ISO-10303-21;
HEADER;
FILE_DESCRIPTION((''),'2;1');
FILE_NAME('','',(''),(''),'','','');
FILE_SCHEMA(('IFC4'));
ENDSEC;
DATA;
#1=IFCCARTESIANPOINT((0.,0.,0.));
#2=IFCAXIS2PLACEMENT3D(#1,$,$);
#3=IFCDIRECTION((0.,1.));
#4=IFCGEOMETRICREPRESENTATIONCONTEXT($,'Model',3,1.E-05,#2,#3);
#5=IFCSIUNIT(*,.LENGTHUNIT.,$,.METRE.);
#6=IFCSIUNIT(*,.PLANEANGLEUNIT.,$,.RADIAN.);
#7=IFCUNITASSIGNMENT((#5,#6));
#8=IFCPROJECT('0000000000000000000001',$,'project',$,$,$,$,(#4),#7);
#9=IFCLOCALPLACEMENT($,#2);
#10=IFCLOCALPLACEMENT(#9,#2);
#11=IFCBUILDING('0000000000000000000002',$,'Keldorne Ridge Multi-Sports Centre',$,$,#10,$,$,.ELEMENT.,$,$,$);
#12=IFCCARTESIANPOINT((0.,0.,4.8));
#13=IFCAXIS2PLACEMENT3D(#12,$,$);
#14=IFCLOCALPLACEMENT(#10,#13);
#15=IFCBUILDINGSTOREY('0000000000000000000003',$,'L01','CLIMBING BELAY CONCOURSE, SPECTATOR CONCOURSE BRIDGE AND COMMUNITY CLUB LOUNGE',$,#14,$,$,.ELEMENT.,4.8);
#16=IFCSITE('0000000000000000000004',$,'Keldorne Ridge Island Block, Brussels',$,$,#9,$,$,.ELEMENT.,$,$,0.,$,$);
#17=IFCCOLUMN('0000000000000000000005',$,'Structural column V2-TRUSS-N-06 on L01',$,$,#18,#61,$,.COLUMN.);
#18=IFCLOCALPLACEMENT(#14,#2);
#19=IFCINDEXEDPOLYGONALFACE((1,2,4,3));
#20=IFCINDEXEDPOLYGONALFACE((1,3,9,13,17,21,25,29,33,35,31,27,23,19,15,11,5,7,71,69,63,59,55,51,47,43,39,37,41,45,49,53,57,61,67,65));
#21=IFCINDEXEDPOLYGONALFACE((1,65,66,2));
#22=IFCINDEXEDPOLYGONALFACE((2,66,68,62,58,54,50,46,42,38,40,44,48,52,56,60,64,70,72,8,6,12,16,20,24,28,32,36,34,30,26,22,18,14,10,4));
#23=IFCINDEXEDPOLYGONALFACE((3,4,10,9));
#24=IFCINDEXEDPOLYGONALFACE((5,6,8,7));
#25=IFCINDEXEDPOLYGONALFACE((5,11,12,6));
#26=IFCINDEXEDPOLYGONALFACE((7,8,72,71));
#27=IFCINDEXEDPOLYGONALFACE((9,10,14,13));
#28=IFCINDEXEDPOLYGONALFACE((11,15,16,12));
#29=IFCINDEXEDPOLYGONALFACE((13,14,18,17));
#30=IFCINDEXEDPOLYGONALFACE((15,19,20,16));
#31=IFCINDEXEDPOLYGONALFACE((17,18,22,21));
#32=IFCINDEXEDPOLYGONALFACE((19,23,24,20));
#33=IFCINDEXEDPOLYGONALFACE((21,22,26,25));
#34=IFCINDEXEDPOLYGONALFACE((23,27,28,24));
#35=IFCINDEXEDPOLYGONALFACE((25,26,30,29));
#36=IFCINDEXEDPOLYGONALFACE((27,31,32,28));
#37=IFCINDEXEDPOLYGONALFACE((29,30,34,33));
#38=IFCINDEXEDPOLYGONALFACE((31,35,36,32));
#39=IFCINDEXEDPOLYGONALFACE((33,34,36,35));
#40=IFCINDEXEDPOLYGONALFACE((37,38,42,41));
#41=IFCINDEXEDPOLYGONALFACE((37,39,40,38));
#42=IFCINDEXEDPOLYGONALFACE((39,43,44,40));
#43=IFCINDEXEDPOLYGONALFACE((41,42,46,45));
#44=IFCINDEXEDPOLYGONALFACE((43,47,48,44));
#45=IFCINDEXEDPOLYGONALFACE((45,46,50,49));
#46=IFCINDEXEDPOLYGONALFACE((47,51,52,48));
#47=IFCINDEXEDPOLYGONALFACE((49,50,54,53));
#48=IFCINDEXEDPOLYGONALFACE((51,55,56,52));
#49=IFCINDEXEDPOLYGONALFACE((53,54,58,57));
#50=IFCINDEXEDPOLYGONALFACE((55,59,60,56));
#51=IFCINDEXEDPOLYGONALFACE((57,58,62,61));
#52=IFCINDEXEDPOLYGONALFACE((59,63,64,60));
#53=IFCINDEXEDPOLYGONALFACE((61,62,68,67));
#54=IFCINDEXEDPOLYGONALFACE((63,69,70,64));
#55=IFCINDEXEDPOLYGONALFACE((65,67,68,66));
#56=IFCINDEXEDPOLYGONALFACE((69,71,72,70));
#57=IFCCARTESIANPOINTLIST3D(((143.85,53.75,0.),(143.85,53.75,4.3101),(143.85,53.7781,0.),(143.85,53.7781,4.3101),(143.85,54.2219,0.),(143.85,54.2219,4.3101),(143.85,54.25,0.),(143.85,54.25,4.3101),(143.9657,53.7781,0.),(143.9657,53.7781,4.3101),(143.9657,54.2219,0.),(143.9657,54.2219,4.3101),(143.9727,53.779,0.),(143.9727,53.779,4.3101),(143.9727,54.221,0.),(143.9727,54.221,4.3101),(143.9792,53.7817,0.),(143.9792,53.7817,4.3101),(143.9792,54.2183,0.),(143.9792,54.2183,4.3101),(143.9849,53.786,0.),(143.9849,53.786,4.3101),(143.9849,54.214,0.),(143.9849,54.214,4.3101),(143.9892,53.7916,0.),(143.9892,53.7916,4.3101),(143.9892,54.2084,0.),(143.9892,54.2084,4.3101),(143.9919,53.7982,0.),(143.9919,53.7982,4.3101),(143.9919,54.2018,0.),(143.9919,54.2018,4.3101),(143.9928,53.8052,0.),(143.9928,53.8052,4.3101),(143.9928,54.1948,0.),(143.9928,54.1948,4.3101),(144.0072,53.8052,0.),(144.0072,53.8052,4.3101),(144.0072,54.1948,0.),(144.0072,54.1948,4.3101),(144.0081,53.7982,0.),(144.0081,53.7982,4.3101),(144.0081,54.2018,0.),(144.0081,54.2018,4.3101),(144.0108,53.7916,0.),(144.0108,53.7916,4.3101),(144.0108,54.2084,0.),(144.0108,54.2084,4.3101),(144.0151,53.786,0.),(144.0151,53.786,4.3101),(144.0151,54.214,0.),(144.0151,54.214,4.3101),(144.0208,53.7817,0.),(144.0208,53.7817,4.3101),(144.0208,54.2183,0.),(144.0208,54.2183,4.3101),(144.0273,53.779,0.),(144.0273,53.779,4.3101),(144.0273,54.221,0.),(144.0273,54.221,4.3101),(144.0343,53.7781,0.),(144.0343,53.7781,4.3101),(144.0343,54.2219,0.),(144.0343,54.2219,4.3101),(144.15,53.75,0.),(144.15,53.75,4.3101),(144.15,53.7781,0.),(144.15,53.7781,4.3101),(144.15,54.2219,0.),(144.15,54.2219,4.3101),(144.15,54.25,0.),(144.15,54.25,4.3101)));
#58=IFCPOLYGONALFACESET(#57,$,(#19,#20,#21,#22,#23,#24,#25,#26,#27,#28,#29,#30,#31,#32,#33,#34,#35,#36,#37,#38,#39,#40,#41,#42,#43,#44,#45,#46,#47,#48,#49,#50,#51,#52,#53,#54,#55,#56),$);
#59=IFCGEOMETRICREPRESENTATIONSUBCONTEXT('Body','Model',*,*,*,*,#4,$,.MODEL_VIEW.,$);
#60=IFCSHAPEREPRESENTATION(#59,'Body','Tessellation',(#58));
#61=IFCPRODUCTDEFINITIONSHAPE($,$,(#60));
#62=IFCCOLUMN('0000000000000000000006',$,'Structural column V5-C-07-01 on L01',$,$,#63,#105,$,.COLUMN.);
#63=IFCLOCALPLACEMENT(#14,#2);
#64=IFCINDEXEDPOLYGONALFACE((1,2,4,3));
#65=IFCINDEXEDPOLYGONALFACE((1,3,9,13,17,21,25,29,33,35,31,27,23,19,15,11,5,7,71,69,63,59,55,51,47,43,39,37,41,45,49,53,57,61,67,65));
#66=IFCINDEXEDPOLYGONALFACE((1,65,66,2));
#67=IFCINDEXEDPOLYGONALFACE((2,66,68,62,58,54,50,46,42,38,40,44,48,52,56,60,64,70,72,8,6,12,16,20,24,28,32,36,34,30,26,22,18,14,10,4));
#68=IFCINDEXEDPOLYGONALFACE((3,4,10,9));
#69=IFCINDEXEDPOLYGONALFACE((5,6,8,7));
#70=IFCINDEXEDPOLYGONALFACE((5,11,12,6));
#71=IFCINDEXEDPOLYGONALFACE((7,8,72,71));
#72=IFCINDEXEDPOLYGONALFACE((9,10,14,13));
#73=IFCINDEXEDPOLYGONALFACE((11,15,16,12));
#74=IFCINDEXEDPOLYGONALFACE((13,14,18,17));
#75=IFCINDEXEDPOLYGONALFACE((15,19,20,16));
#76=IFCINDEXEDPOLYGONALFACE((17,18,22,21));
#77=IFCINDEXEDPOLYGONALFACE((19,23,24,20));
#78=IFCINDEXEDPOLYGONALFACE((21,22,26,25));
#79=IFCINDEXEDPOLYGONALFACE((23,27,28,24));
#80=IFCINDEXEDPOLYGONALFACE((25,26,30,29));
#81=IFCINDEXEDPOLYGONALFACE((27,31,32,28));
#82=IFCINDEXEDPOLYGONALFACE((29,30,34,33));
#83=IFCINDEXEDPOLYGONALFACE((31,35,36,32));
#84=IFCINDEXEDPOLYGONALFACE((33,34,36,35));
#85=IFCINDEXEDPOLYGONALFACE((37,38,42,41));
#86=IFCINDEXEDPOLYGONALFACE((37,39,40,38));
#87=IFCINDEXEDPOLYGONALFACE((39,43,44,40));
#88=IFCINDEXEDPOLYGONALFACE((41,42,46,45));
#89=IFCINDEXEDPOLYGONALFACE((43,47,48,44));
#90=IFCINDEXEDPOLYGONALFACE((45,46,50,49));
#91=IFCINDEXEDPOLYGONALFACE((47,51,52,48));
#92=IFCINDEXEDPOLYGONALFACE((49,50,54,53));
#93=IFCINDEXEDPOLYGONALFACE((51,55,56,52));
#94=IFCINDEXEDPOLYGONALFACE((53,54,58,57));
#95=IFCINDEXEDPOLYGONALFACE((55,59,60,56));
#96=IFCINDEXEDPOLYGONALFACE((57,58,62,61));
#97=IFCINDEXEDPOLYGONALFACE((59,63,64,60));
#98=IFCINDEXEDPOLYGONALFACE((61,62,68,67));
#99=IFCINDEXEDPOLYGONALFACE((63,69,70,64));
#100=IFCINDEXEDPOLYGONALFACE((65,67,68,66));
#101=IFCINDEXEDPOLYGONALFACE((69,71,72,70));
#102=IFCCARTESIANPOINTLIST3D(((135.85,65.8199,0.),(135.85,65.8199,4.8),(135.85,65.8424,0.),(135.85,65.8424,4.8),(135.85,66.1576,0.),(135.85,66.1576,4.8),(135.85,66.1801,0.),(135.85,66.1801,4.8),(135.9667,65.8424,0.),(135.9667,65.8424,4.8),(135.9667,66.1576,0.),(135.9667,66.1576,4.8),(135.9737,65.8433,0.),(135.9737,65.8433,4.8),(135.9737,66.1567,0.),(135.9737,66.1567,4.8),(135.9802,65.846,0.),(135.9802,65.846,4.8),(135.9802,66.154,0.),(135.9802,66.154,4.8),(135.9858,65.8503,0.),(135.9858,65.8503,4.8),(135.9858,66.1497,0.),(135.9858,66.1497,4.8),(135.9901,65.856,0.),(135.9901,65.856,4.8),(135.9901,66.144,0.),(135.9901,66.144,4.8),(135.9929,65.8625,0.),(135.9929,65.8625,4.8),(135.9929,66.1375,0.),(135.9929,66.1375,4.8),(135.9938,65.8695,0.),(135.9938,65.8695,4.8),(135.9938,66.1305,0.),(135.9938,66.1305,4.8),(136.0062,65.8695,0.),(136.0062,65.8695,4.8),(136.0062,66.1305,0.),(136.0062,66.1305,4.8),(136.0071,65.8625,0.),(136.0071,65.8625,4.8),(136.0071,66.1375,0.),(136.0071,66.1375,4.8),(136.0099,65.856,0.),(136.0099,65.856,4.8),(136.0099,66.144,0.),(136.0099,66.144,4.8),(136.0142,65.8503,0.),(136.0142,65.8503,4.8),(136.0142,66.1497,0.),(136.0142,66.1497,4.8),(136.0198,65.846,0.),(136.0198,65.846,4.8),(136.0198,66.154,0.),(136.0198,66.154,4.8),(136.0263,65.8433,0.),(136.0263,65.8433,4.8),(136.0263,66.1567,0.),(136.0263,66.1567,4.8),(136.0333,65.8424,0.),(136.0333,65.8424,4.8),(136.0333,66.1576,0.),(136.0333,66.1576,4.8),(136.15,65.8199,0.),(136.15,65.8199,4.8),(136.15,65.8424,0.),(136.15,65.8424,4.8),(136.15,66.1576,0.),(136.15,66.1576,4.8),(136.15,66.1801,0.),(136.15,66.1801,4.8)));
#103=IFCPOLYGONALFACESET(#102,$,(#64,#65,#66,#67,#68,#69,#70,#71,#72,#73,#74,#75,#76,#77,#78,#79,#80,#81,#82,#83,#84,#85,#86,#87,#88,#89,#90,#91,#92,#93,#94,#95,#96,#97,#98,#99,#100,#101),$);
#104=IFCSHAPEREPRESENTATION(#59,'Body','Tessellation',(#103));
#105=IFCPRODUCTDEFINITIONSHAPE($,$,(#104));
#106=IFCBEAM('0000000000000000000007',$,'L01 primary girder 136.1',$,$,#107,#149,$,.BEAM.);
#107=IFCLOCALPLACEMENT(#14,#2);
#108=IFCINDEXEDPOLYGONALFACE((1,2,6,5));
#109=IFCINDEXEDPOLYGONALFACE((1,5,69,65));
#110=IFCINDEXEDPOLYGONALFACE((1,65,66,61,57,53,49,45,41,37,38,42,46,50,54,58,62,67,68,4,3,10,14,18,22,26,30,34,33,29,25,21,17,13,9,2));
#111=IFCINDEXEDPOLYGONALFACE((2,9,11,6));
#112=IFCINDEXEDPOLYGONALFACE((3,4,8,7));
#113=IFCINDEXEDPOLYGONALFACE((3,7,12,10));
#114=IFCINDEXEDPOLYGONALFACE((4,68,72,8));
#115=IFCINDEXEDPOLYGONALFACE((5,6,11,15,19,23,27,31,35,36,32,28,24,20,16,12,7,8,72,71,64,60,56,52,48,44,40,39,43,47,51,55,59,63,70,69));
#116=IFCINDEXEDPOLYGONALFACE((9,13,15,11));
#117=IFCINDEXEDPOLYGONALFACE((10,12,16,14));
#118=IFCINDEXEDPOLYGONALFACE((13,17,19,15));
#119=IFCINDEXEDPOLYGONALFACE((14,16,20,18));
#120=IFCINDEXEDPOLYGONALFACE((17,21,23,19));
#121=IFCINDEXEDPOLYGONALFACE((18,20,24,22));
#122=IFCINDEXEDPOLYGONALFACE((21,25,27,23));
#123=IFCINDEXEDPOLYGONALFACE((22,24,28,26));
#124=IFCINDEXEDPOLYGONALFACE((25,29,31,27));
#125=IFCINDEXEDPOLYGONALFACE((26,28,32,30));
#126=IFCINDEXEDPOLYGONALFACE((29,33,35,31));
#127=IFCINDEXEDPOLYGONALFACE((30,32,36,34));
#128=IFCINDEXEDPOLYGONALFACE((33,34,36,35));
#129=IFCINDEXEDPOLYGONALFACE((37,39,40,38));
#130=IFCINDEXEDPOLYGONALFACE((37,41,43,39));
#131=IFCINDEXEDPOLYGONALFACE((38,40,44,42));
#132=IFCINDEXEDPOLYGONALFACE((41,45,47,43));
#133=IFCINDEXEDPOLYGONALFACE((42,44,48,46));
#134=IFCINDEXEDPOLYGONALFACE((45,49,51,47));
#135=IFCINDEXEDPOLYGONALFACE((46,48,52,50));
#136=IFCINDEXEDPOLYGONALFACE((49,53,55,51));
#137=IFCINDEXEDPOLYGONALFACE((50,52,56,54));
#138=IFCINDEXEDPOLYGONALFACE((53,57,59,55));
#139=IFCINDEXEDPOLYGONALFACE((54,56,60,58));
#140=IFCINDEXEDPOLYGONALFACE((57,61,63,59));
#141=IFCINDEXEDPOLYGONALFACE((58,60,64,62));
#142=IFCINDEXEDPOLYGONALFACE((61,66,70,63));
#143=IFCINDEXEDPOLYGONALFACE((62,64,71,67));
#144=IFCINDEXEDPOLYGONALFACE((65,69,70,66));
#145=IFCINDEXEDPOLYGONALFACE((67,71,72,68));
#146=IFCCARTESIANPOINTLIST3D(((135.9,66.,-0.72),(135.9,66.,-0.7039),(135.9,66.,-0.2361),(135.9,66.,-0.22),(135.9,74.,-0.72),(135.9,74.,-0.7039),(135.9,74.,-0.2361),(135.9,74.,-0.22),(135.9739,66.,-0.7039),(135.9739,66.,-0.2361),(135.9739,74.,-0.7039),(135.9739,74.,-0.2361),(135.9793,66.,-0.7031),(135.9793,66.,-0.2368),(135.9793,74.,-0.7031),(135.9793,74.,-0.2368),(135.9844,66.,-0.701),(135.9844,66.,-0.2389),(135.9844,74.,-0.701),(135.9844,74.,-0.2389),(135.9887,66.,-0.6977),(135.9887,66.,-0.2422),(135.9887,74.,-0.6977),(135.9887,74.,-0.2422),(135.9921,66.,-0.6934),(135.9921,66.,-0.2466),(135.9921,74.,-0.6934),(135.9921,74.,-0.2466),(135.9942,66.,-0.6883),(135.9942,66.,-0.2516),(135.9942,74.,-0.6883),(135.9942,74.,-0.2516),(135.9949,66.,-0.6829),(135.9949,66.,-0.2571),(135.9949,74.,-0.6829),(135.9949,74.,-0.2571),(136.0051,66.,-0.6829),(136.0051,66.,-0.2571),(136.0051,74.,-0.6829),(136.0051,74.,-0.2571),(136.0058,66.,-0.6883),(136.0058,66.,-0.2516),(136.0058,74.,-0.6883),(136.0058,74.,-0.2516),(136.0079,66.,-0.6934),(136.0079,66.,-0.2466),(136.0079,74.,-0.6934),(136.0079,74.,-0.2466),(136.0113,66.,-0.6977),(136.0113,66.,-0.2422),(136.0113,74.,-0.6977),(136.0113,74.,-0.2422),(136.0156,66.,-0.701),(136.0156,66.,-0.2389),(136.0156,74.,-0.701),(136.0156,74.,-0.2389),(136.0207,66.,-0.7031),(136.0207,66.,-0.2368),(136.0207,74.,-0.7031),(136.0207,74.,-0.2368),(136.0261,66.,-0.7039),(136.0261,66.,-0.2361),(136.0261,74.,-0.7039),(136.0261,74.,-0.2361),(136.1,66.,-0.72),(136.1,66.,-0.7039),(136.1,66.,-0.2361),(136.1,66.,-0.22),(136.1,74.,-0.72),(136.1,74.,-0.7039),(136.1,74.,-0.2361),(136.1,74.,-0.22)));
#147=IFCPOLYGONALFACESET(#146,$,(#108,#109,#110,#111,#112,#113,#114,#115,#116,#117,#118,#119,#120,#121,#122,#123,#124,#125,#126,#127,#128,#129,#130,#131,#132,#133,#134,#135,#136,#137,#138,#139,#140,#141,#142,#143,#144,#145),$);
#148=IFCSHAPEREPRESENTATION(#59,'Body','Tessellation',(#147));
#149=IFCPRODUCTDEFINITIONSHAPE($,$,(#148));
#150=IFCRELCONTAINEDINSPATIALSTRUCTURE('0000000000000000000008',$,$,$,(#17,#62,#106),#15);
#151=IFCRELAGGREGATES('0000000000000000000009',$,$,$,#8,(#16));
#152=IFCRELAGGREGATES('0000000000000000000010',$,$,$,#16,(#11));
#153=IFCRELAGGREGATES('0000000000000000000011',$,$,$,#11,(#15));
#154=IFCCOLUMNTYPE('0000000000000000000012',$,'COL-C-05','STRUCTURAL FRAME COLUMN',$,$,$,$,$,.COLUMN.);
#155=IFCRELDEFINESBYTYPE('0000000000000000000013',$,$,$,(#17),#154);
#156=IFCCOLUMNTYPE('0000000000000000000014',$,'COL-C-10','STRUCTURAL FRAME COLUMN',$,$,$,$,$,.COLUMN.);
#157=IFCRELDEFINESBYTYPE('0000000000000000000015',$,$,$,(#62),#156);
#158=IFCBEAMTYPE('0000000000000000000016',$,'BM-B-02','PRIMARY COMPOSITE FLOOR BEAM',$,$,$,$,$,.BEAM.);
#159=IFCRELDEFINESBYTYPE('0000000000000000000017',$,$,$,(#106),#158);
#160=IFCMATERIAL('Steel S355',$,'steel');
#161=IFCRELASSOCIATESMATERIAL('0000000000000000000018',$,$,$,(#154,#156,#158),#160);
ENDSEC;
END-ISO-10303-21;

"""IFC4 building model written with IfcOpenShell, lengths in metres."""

from ifc_helpers import new_model, si_unit, direction, frame, origin, origin_2d, place, context, subcontext, project, spatial, i_section, extrude, material, material_profile, profile_set, type_object, element, save


model = new_model("IFC4")

# Units and contexts
model_context = context("Model", 3, precision=1e-05, world=origin(), true_north=direction((0.0, 1.0)))
body_context = subcontext(model_context, "Body", "Model", "MODEL_VIEW")
ifc_project = project(units=[si_unit("LENGTHUNIT", "METRE"), si_unit("PLANEANGLEUNIT", "RADIAN")], contexts=[model_context])

# Site, building, storey
site_placement = place(None, origin())
site = spatial("IfcSite", under=ifc_project, at=site_placement, Name="Keldorne Ridge Island Block, Brussels", CompositionType="ELEMENT", RefElevation=0.0)
building_placement = place(site_placement, origin())
building = spatial("IfcBuilding", under=site, at=building_placement, Name="Keldorne Ridge Multi-Sports Centre", CompositionType="ELEMENT")
storey_placement = place(building_placement, frame((0.0, 0.0, 4.8)))
storey = spatial("IfcBuildingStorey", under=building, at=storey_placement, Name="L01", Description="CLIMBING BELAY CONCOURSE, SPECTATOR CONCOURSE BRIDGE AND COMMUNITY CLUB LOUNGE", CompositionType="ELEMENT", Elevation=4.8)

# Columns
ifc_material_1 = material(Name="Steel S355", Category="steel")
ifc_material_profile_1 = material_profile(ifc_material_1, i_section(OverallWidth=0.3, OverallDepth=0.5, WebThickness=0.0144, FlangeThickness=0.0281, FilletRadius=0.0271, at=origin_2d()), Name="HEB 500")
ifc_profile_set_1 = profile_set([ifc_material_profile_1], Name="Steel S355")
column_type_1 = type_object("IfcColumnType", Name="COL-C-05", Description="STRUCTURAL FRAME COLUMN", PredefinedType="COLUMN", material=ifc_profile_set_1)
column_1_placement = place(storey_placement, frame((144.0, 54.0, 0.0), z_axis=(0.0, 0.0, 1.0), x_axis=(1.0, 0.0, 0.0)))
element("IfcColumn", 1, at=column_1_placement, inside=storey, type_object=column_type_1, Name="Structural column V2-TRUSS-N-06 on L01", PredefinedType="COLUMN", context=body_context, shape_type="SweptSolid", body=[
    extrude(i_section(OverallWidth=0.3, OverallDepth=0.5, WebThickness=0.0144, FlangeThickness=0.0281, FilletRadius=0.0271, at=origin_2d()), origin(), (0.0, 0.0, 1.0), 4.3101),
])
ifc_material_profile_2 = material_profile(ifc_material_1, i_section(OverallWidth=0.3, OverallDepth=0.3601, WebThickness=0.0125, FlangeThickness=0.0225, FilletRadius=0.0271, at=origin_2d()), Name="HEB 360")
ifc_profile_set_2 = profile_set([ifc_material_profile_2], Name="Steel S355")
column_type_2 = type_object("IfcColumnType", Name="COL-C-10", Description="STRUCTURAL FRAME COLUMN", PredefinedType="COLUMN", material=ifc_profile_set_2)
column_2_placement = place(storey_placement, frame((136.0, 66.0, 0.0), z_axis=(0.0, 0.0, 1.0), x_axis=(1.0, 0.0, 0.0)))
element("IfcColumn", 2, at=column_2_placement, inside=storey, type_object=column_type_2, Name="Structural column V5-C-07-01 on L01", PredefinedType="COLUMN", context=body_context, shape_type="SweptSolid", body=[
    extrude(i_section(OverallWidth=0.3, OverallDepth=0.3601, WebThickness=0.0125, FlangeThickness=0.0225, FilletRadius=0.0271, at=origin_2d()), origin(), (0.0, 0.0, 1.0), 4.8),
])

# Beam
ifc_material_profile_3 = material_profile(ifc_material_1, i_section(OverallWidth=0.2, OverallDepth=0.5, WebThickness=0.0103, FlangeThickness=0.0161, FilletRadius=0.021, at=origin_2d()), Name="IPE 500")
ifc_profile_set_3 = profile_set([ifc_material_profile_3], Name="Steel S355")
beam_type_1 = type_object("IfcBeamType", Name="BM-B-02", Description="PRIMARY COMPOSITE FLOOR BEAM", PredefinedType="BEAM", material=ifc_profile_set_3)
beam_1_placement = place(storey_placement, frame((136.0, 66.0, -0.47), z_axis=(0.0, 1.0, 0.0), x_axis=(-1.0, 0.0, 0.0)))
element("IfcBeam", 3, at=beam_1_placement, inside=storey, type_object=beam_type_1, Name="L01 primary girder 136.1", PredefinedType="BEAM", context=body_context, shape_type="SweptSolid", body=[
    extrude(i_section(OverallWidth=0.2, OverallDepth=0.5, WebThickness=0.0103, FlangeThickness=0.0161, FilletRadius=0.021, at=origin_2d()), origin(), (0.0, 0.0, 1.0), 8.0),
])

save(model, "model.ifc")
